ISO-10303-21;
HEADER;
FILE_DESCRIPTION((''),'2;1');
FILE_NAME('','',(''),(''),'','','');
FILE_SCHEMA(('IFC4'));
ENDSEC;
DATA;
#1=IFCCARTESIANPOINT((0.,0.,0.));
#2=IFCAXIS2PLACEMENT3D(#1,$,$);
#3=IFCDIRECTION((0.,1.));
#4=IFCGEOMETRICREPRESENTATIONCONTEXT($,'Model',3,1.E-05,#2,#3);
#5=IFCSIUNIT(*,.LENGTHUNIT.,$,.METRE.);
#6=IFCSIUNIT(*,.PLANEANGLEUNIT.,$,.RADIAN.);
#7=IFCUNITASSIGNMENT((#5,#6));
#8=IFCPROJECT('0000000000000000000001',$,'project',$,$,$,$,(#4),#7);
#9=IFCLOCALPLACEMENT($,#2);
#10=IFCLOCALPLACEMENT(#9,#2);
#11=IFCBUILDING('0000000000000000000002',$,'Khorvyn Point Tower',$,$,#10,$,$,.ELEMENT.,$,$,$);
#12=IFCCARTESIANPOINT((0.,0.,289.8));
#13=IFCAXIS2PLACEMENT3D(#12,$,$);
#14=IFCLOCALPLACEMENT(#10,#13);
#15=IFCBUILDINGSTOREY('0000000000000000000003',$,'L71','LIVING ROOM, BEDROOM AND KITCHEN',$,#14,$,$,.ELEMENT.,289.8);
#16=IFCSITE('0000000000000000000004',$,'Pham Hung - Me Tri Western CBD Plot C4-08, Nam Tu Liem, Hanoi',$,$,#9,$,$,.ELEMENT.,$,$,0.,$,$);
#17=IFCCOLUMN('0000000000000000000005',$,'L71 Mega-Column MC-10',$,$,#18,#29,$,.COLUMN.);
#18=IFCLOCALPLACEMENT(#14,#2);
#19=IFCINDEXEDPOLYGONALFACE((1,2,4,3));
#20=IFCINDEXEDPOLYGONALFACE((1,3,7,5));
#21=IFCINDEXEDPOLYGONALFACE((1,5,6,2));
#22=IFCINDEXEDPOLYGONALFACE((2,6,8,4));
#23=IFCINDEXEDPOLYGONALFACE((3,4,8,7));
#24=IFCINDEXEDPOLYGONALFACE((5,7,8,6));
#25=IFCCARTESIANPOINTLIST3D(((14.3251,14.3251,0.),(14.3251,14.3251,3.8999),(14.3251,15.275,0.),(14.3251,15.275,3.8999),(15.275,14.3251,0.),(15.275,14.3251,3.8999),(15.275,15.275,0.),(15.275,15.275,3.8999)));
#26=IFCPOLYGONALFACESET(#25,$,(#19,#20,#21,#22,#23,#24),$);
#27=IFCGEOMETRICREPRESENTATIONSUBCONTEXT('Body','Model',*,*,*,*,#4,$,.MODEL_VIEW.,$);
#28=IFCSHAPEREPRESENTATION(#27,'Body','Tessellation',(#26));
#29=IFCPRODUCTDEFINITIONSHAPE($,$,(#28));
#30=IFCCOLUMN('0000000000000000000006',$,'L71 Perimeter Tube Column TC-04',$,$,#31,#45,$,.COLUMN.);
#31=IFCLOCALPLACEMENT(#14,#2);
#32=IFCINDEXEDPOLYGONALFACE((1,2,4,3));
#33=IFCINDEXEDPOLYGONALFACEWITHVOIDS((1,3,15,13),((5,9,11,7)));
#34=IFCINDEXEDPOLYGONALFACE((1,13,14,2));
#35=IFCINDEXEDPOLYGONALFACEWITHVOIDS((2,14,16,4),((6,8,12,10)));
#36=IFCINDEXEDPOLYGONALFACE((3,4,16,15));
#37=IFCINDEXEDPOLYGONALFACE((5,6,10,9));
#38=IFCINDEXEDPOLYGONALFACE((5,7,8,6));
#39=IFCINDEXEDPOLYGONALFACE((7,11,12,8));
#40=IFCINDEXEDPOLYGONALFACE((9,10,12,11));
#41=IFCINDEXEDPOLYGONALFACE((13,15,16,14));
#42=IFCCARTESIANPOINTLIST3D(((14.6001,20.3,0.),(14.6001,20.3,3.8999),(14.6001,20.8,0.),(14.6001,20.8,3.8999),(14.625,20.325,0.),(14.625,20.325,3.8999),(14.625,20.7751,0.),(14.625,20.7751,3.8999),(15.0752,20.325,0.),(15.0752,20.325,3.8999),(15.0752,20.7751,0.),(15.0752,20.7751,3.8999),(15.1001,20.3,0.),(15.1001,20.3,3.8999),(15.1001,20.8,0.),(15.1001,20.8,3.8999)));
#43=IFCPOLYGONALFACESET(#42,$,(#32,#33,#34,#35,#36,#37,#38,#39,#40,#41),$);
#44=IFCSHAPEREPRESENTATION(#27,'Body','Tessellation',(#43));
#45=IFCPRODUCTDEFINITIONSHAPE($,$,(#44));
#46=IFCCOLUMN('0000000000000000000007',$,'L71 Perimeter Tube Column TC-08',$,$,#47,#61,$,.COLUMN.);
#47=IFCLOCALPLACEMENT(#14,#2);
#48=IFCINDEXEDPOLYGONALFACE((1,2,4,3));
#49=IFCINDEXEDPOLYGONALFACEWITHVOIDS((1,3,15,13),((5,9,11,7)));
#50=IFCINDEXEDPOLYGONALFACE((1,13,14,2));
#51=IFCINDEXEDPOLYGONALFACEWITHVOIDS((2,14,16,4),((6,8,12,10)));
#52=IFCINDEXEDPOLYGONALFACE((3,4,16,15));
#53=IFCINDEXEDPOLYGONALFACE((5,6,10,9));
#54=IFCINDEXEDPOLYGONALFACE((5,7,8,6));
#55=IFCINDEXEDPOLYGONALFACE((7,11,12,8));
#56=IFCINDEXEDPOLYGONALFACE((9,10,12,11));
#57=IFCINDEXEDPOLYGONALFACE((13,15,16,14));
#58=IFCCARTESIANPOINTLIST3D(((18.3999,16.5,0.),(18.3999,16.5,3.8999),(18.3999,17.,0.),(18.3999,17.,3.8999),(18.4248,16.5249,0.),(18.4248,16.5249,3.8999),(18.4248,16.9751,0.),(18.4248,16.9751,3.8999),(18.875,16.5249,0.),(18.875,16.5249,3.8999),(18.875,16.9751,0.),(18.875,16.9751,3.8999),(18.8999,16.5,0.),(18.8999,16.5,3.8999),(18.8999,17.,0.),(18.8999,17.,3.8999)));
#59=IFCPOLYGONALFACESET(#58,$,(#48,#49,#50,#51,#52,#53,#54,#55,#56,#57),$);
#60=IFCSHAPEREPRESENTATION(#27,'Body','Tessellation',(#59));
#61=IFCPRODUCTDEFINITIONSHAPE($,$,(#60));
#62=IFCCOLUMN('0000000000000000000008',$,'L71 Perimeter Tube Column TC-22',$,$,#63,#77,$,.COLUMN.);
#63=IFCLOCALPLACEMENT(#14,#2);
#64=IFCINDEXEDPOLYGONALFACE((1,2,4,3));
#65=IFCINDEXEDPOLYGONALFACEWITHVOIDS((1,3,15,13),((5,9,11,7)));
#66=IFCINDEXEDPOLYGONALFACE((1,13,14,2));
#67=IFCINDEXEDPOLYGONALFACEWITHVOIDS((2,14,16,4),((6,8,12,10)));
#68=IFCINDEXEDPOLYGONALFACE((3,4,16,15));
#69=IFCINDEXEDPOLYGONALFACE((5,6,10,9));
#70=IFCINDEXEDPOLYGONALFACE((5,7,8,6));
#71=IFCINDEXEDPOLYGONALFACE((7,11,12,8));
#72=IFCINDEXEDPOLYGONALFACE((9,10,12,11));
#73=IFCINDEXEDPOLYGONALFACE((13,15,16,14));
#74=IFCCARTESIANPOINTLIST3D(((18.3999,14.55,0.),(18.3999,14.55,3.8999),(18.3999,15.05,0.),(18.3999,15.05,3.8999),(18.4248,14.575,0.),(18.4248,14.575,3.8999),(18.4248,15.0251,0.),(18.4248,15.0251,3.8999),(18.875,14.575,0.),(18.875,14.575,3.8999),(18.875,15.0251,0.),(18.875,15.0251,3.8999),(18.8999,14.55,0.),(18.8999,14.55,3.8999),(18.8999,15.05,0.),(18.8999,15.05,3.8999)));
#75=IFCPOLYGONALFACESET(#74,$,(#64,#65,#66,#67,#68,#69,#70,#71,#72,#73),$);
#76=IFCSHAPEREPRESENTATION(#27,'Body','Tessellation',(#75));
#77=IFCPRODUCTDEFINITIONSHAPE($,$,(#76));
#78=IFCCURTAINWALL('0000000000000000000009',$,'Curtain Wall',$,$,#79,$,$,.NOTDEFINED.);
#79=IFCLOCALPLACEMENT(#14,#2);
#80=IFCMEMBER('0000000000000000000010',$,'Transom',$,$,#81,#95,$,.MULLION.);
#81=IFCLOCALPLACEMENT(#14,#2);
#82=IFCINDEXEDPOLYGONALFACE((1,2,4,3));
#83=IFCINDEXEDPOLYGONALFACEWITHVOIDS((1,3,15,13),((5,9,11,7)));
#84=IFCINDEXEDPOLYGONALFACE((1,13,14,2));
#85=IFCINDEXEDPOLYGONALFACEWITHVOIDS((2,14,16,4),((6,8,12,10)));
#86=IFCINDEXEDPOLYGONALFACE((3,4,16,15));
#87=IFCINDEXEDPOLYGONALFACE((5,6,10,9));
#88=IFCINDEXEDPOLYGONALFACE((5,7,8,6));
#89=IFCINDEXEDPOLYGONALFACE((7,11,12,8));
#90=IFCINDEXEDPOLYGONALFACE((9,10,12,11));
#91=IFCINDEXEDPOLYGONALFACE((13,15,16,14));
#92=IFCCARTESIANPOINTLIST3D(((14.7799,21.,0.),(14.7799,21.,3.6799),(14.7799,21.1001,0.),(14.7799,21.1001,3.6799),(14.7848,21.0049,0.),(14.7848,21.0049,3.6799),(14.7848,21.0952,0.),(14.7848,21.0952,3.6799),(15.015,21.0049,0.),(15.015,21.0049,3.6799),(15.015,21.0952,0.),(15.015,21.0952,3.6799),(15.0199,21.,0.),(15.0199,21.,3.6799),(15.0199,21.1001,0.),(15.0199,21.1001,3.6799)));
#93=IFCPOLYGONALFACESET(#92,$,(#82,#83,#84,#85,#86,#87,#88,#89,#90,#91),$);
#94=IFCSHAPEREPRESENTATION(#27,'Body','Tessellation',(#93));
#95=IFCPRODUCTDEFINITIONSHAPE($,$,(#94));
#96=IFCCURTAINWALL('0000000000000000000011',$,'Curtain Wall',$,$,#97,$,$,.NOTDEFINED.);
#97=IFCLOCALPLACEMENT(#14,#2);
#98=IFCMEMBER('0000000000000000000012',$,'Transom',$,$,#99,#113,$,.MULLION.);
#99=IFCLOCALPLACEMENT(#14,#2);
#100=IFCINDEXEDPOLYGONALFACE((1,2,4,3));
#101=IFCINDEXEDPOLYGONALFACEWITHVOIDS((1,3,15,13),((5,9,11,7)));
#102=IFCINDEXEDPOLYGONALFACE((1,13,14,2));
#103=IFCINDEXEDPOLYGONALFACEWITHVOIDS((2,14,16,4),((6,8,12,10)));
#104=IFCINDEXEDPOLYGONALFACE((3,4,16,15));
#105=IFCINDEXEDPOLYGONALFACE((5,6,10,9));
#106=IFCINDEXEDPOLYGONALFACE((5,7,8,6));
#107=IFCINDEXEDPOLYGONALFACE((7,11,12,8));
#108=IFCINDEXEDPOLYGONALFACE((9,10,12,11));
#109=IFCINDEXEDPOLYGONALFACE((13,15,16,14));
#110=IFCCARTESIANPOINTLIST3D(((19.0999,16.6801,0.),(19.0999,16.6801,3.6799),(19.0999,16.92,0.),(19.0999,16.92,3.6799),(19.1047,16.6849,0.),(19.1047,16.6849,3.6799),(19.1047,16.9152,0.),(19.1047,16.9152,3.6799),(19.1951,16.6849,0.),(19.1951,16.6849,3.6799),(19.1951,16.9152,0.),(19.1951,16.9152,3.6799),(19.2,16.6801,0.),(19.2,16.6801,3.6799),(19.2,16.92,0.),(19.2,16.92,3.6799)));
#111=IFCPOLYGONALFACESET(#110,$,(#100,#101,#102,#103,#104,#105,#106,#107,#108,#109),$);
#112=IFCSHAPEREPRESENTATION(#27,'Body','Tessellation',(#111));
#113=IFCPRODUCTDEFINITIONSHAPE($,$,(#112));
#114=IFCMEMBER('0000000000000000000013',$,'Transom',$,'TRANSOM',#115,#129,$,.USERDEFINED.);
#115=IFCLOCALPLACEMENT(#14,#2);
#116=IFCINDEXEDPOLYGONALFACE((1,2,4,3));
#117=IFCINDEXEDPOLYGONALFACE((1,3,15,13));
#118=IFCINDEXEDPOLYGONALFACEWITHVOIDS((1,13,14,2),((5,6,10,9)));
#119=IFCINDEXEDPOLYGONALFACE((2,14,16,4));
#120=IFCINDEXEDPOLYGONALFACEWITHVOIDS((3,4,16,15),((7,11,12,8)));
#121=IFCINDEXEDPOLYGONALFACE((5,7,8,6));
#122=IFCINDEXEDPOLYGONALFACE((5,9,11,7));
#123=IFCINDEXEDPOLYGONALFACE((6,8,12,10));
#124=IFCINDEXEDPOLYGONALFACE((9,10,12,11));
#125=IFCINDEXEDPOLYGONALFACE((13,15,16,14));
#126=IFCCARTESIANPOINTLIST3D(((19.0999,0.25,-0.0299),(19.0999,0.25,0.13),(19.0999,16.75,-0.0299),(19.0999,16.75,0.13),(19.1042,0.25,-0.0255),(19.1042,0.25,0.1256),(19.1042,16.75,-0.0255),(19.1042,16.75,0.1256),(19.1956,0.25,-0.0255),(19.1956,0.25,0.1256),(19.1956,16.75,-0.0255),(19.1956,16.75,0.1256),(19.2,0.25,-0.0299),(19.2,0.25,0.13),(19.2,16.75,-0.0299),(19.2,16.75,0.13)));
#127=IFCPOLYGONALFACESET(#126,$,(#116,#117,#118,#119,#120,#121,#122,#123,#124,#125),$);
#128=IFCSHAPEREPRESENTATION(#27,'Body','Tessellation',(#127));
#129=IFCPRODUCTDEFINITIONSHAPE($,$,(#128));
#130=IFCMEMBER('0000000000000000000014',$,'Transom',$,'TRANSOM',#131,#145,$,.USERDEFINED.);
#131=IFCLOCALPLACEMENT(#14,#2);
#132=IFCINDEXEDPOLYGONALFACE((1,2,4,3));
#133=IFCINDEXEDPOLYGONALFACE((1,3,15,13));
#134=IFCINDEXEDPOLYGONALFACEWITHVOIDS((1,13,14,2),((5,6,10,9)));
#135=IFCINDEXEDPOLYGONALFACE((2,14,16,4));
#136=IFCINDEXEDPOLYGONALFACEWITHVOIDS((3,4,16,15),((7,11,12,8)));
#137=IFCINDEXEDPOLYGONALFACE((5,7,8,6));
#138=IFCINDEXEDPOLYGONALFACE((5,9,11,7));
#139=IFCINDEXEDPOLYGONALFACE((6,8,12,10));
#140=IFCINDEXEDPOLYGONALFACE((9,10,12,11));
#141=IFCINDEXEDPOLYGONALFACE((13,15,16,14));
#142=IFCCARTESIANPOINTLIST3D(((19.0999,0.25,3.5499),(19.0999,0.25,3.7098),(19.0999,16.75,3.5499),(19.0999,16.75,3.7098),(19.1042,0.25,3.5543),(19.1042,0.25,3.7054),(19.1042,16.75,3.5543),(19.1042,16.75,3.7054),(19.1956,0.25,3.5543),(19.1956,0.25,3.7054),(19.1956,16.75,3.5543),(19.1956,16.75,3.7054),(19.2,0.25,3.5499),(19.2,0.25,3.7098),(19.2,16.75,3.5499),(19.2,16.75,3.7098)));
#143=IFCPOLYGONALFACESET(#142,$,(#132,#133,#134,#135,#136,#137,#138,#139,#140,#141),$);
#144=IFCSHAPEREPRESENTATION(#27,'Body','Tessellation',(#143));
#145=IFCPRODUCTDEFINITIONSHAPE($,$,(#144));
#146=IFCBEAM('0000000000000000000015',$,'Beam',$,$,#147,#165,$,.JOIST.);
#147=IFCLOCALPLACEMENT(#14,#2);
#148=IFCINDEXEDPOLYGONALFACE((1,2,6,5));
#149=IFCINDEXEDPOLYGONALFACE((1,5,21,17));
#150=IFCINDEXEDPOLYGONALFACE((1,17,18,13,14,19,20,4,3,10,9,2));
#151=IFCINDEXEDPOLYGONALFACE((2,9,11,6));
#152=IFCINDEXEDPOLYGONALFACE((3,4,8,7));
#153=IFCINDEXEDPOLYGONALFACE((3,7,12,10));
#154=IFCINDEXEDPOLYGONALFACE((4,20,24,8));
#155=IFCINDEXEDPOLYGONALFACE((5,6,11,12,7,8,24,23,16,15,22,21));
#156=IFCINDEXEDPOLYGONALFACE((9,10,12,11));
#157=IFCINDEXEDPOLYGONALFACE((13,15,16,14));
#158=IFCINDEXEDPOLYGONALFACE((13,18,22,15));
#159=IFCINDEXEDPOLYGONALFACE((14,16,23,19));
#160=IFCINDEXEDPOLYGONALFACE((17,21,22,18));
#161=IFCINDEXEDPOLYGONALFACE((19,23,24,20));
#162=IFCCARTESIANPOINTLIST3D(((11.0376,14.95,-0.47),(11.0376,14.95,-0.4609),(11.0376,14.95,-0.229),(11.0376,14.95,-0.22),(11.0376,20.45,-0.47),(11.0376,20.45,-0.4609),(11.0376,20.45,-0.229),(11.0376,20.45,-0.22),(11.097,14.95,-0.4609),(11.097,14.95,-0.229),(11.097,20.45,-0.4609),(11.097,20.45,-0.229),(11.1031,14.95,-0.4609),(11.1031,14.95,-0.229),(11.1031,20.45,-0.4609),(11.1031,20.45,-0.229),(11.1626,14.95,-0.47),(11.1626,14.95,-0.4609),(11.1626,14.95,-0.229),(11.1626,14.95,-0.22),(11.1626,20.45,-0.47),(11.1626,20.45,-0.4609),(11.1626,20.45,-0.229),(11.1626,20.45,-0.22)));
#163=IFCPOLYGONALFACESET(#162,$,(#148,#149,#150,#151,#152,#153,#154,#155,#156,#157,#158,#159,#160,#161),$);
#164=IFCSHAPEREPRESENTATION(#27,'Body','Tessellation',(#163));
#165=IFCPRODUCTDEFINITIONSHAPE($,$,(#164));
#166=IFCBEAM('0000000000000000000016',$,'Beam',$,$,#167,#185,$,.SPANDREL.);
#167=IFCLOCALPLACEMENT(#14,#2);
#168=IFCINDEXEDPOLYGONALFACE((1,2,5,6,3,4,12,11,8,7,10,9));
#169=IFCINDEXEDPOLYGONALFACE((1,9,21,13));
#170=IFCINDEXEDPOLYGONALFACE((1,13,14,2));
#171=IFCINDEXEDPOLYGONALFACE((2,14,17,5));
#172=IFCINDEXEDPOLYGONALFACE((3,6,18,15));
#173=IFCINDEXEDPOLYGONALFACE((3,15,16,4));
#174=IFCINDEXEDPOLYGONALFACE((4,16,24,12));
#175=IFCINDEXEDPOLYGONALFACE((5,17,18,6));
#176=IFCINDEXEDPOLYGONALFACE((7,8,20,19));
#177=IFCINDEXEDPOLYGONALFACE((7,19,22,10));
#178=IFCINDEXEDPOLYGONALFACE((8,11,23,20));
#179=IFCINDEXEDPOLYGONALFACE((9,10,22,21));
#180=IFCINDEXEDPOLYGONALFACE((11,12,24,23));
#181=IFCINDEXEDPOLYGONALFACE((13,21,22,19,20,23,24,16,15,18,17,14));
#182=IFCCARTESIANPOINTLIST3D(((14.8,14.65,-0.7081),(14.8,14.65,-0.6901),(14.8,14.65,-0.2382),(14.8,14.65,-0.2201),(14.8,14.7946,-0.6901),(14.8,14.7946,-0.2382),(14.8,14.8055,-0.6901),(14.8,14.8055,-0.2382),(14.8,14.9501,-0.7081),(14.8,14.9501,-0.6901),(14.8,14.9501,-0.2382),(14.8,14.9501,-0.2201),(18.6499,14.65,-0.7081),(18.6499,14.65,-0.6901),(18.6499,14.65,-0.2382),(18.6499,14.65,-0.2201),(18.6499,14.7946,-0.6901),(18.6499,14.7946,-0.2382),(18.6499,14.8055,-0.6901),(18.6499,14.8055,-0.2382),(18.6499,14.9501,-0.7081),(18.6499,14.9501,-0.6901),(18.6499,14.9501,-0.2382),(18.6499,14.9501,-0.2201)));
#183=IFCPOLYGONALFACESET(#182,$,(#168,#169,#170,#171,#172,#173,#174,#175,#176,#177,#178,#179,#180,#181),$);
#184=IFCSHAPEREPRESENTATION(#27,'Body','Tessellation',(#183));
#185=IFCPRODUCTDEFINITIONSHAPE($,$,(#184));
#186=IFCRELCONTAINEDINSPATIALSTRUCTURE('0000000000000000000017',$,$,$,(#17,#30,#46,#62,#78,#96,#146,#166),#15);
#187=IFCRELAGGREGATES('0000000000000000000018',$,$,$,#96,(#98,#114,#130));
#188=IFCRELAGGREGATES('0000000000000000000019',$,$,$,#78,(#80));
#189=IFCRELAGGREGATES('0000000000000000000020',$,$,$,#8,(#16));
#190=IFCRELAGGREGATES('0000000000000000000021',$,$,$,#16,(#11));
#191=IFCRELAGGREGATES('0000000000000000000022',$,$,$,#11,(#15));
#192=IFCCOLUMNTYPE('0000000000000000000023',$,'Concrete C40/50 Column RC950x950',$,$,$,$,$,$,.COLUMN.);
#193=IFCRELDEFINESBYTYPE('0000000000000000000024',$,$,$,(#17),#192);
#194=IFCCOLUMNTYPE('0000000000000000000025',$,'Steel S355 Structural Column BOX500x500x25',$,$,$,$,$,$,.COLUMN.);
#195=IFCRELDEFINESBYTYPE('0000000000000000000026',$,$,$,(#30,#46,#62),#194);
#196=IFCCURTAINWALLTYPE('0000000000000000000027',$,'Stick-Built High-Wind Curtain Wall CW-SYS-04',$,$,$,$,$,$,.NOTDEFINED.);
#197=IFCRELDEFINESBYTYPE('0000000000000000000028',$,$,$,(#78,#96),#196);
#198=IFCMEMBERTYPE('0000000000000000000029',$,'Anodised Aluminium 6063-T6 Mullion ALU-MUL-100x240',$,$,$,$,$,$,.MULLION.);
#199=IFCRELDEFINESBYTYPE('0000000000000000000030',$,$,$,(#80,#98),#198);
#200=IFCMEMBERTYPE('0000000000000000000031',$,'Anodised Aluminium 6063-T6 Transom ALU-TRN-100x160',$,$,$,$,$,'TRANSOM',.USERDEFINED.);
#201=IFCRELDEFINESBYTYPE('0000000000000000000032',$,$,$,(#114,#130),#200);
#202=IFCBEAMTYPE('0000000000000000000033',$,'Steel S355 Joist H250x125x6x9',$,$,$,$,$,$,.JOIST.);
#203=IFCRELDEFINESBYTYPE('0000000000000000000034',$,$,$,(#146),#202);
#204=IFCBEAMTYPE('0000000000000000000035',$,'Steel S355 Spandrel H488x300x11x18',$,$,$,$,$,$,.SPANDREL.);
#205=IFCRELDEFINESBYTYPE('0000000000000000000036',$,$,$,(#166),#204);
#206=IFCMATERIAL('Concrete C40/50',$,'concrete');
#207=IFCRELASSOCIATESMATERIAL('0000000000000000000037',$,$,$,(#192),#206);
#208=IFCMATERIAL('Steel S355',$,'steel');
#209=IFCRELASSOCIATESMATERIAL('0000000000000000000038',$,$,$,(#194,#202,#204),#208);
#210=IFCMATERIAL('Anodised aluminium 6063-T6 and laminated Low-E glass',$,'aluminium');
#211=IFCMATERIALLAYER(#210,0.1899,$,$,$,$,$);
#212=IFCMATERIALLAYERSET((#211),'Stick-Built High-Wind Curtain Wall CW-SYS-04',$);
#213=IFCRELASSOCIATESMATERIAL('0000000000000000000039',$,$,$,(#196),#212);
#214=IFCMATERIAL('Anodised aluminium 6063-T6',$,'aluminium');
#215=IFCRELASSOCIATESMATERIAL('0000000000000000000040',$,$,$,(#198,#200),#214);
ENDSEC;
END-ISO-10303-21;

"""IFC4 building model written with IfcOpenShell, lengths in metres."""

from ifc_helpers import new_model, si_unit, direction, frame, origin, origin_2d, place, context, subcontext, project, spatial, rectangle, hollow_rectangle, i_section, extrude, material, layer, layer_set, material_profile, profile_set, type_object, element, aggregate, save


model = new_model("IFC4")

# Units and contexts
model_context = context("Model", 3, precision=1e-05, world=origin(), true_north=direction((0.0, 1.0)))
body_context = subcontext(model_context, "Body", "Model", "MODEL_VIEW")
ifc_project = project(units=[si_unit("LENGTHUNIT", "METRE"), si_unit("PLANEANGLEUNIT", "RADIAN")], contexts=[model_context])

# Site, building, storey
site_placement = place(None, origin())
site = spatial("IfcSite", under=ifc_project, at=site_placement, Name="Pham Hung - Me Tri Western CBD Plot C4-08, Nam Tu Liem, Hanoi", CompositionType="ELEMENT", RefElevation=0.0)
building_placement = place(site_placement, origin())
building = spatial("IfcBuilding", under=site, at=building_placement, Name="Khorvyn Point Tower", CompositionType="ELEMENT")
storey_placement = place(building_placement, frame((0.0, 0.0, 289.8)))
storey = spatial("IfcBuildingStorey", under=building, at=storey_placement, Name="L71", Description="LIVING ROOM, BEDROOM AND KITCHEN", CompositionType="ELEMENT", Elevation=289.8)

# Columns
ifc_material_1 = material(Name="Concrete C40/50", Category="concrete")
ifc_material_profile_1 = material_profile(ifc_material_1, rectangle(XDim=0.95, YDim=0.95, at=origin_2d()))
ifc_profile_set_1 = profile_set([ifc_material_profile_1], Name="Concrete C40/50 RC950x950")
column_type_1 = type_object("IfcColumnType", Name="Concrete C40/50 Column RC950x950", PredefinedType="COLUMN", material=ifc_profile_set_1)
column_placement = place(storey_placement, frame((14.8, 14.8, 0.0), z_axis=(0.0, 0.0, 1.0), x_axis=(1.0, 0.0, 0.0)))
element("IfcColumn", 1, at=column_placement, inside=storey, type_object=column_type_1, Name="L71 Mega-Column MC-10", PredefinedType="COLUMN", context=body_context, shape_type="SweptSolid", body=[
    extrude(rectangle(XDim=0.95, YDim=0.95, at=origin_2d()), origin(), (0.0, 0.0, 1.0), 3.8999),
])
ifc_material_2 = material(Name="Steel S355", Category="steel")
ifc_material_profile_2 = material_profile(ifc_material_2, hollow_rectangle(XDim=0.5, YDim=0.5, WallThickness=0.0249, at=origin_2d()))
ifc_profile_set_2 = profile_set([ifc_material_profile_2], Name="Steel S355 BOX500x500x25")
column_type_2 = type_object("IfcColumnType", Name="Steel S355 Structural Column BOX500x500x25", PredefinedType="COLUMN", material=ifc_profile_set_2)
for number, where, z_axis, x_axis, name in (
    (2, (14.8501, 20.55, 0.0), (0.0, 0.0, 1.0), (1.0, 0.0, 0.0), "L71 Perimeter Tube Column TC-04"),
    (3, (18.6499, 16.75, 0.0), (0.0, 0.0, 1.0), (1.0, 0.0, 0.0), "L71 Perimeter Tube Column TC-08"),
    (4, (18.6499, 14.8, 0.0), (0.0, 0.0, 1.0), (1.0, 0.0, 0.0), "L71 Perimeter Tube Column TC-22"),
):
    element("IfcColumn", number, at=place(storey_placement, frame(where, z_axis=z_axis, x_axis=x_axis)), inside=storey, type_object=column_type_2, Name=name, PredefinedType="COLUMN", context=body_context, shape_type="SweptSolid", body=[
        extrude(hollow_rectangle(XDim=0.5, YDim=0.5, WallThickness=0.0249, at=origin_2d()), origin(), (0.0, 0.0, 1.0), 3.8999),
    ])

# Curtain wall, member
ifc_material_3 = material(Name="Anodised aluminium 6063-T6 and laminated Low-E glass", Category="aluminium")
ifc_layer_1 = layer(ifc_material_3, 0.1899)
ifc_layer_set_1 = layer_set([ifc_layer_1], Name="Stick-Built High-Wind Curtain Wall CW-SYS-04")
curtain_wall_type = type_object("IfcCurtainWallType", Name="Stick-Built High-Wind Curtain Wall CW-SYS-04", PredefinedType="NOTDEFINED", material=ifc_layer_set_1)
curtain_wall_1_placement = place(storey_placement, origin())
curtain_wall_1 = element("IfcCurtainWall", 5, at=curtain_wall_1_placement, inside=storey, type_object=curtain_wall_type, Name="Curtain Wall", PredefinedType="NOTDEFINED")
ifc_material_4 = material(Name="Anodised aluminium 6063-T6", Category="aluminium")
ifc_material_profile_3 = material_profile(ifc_material_4, hollow_rectangle(XDim=0.1001, YDim=0.24, WallThickness=0.0049, at=origin_2d()))
ifc_profile_set_3 = profile_set([ifc_material_profile_3], Name="Anodised aluminium 6063-T6 ALU-MUL-100x240")
member_type_1 = type_object("IfcMemberType", Name="Anodised Aluminium 6063-T6 Mullion ALU-MUL-100x240", PredefinedType="MULLION", material=ifc_profile_set_3)
member_1_placement = place(storey_placement, frame((14.8999, 21.05, 0.0), z_axis=(0.0, 0.0, 1.0), x_axis=(0.0, 1.0, 0.0)))
member_1 = element("IfcMember", 6, at=member_1_placement, type_object=member_type_1, Name="Transom", PredefinedType="MULLION", context=body_context, shape_type="SweptSolid", body=[
    extrude(hollow_rectangle(XDim=0.1001, YDim=0.24, WallThickness=0.0049, at=origin_2d()), origin(), (0.0, 0.0, 1.0), 3.6799),
])

# Curtain wall, members
curtain_wall_2_placement = place(storey_placement, origin())
curtain_wall_2 = element("IfcCurtainWall", 7, at=curtain_wall_2_placement, inside=storey, type_object=curtain_wall_type, Name="Curtain Wall", PredefinedType="NOTDEFINED")
member_2_placement = place(storey_placement, frame((19.1499, 16.8, 0.0), z_axis=(0.0, 0.0, 1.0), x_axis=(1.0, 0.0, 0.0)))
member_2 = element("IfcMember", 8, at=member_2_placement, type_object=member_type_1, Name="Transom", PredefinedType="MULLION", context=body_context, shape_type="SweptSolid", body=[
    extrude(hollow_rectangle(XDim=0.1001, YDim=0.24, WallThickness=0.0049, at=origin_2d()), origin(), (0.0, 0.0, 1.0), 3.6799),
])
ifc_material_profile_4 = material_profile(ifc_material_4, hollow_rectangle(XDim=0.1001, YDim=0.1599, WallThickness=0.0044, at=origin_2d()))
ifc_profile_set_4 = profile_set([ifc_material_profile_4], Name="Anodised aluminium 6063-T6 ALU-TRN-100x160")
member_type_2 = type_object("IfcMemberType", Name="Anodised Aluminium 6063-T6 Transom ALU-TRN-100x160", ElementType="TRANSOM", PredefinedType="USERDEFINED", material=ifc_profile_set_4)
member_3_placement = place(storey_placement, frame((19.1499, 16.75, 0.05), z_axis=(0.0, -1.0, 0.0), x_axis=(1.0, 0.0, 0.0)))
member_3 = element("IfcMember", 9, at=member_3_placement, type_object=member_type_2, Name="Transom", ObjectType="TRANSOM", PredefinedType="USERDEFINED", context=body_context, shape_type="SweptSolid", body=[
    extrude(hollow_rectangle(XDim=0.1001, YDim=0.1599, WallThickness=0.0044, at=origin_2d()), origin(), (0.0, 0.0, 1.0), 16.5),
])
member_4_placement = place(storey_placement, frame((19.1499, 16.75, 3.6299), z_axis=(0.0, -1.0, 0.0), x_axis=(1.0, 0.0, 0.0)))
member_4 = element("IfcMember", 10, at=member_4_placement, type_object=member_type_2, Name="Transom", ObjectType="TRANSOM", PredefinedType="USERDEFINED", context=body_context, shape_type="SweptSolid", body=[
    extrude(hollow_rectangle(XDim=0.1001, YDim=0.1599, WallThickness=0.0044, at=origin_2d()), origin(), (0.0, 0.0, 1.0), 16.5),
])
aggregate(curtain_wall_2, [member_2, member_3, member_4])

# Beams
ifc_material_profile_5 = material_profile(ifc_material_2, i_section(OverallWidth=0.125, OverallDepth=0.25, WebThickness=0.0061, FlangeThickness=0.009, at=origin_2d()))
ifc_profile_set_5 = profile_set([ifc_material_profile_5], Name="Steel S355 H250x125x6x9")
beam_type_1 = type_object("IfcBeamType", Name="Steel S355 Joist H250x125x6x9", PredefinedType="JOIST", material=ifc_profile_set_5)
beam_1_placement = place(storey_placement, frame((11.1001, 14.95, -0.345), z_axis=(0.0, 1.0, 0.0), x_axis=(-1.0, 0.0, 0.0)))
element("IfcBeam", 11, at=beam_1_placement, inside=storey, type_object=beam_type_1, Name="Beam", PredefinedType="JOIST", context=body_context, shape_type="SweptSolid", body=[
    extrude(i_section(OverallWidth=0.125, OverallDepth=0.25, WebThickness=0.0061, FlangeThickness=0.009, at=origin_2d()), origin(), (0.0, 0.0, 1.0), 5.5),
])
ifc_material_profile_6 = material_profile(ifc_material_2, i_section(OverallWidth=0.3, OverallDepth=0.488, WebThickness=0.011, FlangeThickness=0.0181, at=origin_2d()))
ifc_profile_set_6 = profile_set([ifc_material_profile_6], Name="Steel S355 H488x300x11x18")
beam_type_2 = type_object("IfcBeamType", Name="Steel S355 Spandrel H488x300x11x18", PredefinedType="SPANDREL", material=ifc_profile_set_6)
beam_2_placement = place(storey_placement, frame((14.8, 14.8, -0.4641), z_axis=(1.0, 0.0, 0.0), x_axis=(0.0, 1.0, 0.0)))
element("IfcBeam", 12, at=beam_2_placement, inside=storey, type_object=beam_type_2, Name="Beam", PredefinedType="SPANDREL", context=body_context, shape_type="SweptSolid", body=[
    extrude(i_section(OverallWidth=0.3, OverallDepth=0.488, WebThickness=0.011, FlangeThickness=0.0181, at=origin_2d()), origin(), (0.0, 0.0, 1.0), 3.8499),
])

aggregate(curtain_wall_1, [member_1])

save(model, "model.ifc")
